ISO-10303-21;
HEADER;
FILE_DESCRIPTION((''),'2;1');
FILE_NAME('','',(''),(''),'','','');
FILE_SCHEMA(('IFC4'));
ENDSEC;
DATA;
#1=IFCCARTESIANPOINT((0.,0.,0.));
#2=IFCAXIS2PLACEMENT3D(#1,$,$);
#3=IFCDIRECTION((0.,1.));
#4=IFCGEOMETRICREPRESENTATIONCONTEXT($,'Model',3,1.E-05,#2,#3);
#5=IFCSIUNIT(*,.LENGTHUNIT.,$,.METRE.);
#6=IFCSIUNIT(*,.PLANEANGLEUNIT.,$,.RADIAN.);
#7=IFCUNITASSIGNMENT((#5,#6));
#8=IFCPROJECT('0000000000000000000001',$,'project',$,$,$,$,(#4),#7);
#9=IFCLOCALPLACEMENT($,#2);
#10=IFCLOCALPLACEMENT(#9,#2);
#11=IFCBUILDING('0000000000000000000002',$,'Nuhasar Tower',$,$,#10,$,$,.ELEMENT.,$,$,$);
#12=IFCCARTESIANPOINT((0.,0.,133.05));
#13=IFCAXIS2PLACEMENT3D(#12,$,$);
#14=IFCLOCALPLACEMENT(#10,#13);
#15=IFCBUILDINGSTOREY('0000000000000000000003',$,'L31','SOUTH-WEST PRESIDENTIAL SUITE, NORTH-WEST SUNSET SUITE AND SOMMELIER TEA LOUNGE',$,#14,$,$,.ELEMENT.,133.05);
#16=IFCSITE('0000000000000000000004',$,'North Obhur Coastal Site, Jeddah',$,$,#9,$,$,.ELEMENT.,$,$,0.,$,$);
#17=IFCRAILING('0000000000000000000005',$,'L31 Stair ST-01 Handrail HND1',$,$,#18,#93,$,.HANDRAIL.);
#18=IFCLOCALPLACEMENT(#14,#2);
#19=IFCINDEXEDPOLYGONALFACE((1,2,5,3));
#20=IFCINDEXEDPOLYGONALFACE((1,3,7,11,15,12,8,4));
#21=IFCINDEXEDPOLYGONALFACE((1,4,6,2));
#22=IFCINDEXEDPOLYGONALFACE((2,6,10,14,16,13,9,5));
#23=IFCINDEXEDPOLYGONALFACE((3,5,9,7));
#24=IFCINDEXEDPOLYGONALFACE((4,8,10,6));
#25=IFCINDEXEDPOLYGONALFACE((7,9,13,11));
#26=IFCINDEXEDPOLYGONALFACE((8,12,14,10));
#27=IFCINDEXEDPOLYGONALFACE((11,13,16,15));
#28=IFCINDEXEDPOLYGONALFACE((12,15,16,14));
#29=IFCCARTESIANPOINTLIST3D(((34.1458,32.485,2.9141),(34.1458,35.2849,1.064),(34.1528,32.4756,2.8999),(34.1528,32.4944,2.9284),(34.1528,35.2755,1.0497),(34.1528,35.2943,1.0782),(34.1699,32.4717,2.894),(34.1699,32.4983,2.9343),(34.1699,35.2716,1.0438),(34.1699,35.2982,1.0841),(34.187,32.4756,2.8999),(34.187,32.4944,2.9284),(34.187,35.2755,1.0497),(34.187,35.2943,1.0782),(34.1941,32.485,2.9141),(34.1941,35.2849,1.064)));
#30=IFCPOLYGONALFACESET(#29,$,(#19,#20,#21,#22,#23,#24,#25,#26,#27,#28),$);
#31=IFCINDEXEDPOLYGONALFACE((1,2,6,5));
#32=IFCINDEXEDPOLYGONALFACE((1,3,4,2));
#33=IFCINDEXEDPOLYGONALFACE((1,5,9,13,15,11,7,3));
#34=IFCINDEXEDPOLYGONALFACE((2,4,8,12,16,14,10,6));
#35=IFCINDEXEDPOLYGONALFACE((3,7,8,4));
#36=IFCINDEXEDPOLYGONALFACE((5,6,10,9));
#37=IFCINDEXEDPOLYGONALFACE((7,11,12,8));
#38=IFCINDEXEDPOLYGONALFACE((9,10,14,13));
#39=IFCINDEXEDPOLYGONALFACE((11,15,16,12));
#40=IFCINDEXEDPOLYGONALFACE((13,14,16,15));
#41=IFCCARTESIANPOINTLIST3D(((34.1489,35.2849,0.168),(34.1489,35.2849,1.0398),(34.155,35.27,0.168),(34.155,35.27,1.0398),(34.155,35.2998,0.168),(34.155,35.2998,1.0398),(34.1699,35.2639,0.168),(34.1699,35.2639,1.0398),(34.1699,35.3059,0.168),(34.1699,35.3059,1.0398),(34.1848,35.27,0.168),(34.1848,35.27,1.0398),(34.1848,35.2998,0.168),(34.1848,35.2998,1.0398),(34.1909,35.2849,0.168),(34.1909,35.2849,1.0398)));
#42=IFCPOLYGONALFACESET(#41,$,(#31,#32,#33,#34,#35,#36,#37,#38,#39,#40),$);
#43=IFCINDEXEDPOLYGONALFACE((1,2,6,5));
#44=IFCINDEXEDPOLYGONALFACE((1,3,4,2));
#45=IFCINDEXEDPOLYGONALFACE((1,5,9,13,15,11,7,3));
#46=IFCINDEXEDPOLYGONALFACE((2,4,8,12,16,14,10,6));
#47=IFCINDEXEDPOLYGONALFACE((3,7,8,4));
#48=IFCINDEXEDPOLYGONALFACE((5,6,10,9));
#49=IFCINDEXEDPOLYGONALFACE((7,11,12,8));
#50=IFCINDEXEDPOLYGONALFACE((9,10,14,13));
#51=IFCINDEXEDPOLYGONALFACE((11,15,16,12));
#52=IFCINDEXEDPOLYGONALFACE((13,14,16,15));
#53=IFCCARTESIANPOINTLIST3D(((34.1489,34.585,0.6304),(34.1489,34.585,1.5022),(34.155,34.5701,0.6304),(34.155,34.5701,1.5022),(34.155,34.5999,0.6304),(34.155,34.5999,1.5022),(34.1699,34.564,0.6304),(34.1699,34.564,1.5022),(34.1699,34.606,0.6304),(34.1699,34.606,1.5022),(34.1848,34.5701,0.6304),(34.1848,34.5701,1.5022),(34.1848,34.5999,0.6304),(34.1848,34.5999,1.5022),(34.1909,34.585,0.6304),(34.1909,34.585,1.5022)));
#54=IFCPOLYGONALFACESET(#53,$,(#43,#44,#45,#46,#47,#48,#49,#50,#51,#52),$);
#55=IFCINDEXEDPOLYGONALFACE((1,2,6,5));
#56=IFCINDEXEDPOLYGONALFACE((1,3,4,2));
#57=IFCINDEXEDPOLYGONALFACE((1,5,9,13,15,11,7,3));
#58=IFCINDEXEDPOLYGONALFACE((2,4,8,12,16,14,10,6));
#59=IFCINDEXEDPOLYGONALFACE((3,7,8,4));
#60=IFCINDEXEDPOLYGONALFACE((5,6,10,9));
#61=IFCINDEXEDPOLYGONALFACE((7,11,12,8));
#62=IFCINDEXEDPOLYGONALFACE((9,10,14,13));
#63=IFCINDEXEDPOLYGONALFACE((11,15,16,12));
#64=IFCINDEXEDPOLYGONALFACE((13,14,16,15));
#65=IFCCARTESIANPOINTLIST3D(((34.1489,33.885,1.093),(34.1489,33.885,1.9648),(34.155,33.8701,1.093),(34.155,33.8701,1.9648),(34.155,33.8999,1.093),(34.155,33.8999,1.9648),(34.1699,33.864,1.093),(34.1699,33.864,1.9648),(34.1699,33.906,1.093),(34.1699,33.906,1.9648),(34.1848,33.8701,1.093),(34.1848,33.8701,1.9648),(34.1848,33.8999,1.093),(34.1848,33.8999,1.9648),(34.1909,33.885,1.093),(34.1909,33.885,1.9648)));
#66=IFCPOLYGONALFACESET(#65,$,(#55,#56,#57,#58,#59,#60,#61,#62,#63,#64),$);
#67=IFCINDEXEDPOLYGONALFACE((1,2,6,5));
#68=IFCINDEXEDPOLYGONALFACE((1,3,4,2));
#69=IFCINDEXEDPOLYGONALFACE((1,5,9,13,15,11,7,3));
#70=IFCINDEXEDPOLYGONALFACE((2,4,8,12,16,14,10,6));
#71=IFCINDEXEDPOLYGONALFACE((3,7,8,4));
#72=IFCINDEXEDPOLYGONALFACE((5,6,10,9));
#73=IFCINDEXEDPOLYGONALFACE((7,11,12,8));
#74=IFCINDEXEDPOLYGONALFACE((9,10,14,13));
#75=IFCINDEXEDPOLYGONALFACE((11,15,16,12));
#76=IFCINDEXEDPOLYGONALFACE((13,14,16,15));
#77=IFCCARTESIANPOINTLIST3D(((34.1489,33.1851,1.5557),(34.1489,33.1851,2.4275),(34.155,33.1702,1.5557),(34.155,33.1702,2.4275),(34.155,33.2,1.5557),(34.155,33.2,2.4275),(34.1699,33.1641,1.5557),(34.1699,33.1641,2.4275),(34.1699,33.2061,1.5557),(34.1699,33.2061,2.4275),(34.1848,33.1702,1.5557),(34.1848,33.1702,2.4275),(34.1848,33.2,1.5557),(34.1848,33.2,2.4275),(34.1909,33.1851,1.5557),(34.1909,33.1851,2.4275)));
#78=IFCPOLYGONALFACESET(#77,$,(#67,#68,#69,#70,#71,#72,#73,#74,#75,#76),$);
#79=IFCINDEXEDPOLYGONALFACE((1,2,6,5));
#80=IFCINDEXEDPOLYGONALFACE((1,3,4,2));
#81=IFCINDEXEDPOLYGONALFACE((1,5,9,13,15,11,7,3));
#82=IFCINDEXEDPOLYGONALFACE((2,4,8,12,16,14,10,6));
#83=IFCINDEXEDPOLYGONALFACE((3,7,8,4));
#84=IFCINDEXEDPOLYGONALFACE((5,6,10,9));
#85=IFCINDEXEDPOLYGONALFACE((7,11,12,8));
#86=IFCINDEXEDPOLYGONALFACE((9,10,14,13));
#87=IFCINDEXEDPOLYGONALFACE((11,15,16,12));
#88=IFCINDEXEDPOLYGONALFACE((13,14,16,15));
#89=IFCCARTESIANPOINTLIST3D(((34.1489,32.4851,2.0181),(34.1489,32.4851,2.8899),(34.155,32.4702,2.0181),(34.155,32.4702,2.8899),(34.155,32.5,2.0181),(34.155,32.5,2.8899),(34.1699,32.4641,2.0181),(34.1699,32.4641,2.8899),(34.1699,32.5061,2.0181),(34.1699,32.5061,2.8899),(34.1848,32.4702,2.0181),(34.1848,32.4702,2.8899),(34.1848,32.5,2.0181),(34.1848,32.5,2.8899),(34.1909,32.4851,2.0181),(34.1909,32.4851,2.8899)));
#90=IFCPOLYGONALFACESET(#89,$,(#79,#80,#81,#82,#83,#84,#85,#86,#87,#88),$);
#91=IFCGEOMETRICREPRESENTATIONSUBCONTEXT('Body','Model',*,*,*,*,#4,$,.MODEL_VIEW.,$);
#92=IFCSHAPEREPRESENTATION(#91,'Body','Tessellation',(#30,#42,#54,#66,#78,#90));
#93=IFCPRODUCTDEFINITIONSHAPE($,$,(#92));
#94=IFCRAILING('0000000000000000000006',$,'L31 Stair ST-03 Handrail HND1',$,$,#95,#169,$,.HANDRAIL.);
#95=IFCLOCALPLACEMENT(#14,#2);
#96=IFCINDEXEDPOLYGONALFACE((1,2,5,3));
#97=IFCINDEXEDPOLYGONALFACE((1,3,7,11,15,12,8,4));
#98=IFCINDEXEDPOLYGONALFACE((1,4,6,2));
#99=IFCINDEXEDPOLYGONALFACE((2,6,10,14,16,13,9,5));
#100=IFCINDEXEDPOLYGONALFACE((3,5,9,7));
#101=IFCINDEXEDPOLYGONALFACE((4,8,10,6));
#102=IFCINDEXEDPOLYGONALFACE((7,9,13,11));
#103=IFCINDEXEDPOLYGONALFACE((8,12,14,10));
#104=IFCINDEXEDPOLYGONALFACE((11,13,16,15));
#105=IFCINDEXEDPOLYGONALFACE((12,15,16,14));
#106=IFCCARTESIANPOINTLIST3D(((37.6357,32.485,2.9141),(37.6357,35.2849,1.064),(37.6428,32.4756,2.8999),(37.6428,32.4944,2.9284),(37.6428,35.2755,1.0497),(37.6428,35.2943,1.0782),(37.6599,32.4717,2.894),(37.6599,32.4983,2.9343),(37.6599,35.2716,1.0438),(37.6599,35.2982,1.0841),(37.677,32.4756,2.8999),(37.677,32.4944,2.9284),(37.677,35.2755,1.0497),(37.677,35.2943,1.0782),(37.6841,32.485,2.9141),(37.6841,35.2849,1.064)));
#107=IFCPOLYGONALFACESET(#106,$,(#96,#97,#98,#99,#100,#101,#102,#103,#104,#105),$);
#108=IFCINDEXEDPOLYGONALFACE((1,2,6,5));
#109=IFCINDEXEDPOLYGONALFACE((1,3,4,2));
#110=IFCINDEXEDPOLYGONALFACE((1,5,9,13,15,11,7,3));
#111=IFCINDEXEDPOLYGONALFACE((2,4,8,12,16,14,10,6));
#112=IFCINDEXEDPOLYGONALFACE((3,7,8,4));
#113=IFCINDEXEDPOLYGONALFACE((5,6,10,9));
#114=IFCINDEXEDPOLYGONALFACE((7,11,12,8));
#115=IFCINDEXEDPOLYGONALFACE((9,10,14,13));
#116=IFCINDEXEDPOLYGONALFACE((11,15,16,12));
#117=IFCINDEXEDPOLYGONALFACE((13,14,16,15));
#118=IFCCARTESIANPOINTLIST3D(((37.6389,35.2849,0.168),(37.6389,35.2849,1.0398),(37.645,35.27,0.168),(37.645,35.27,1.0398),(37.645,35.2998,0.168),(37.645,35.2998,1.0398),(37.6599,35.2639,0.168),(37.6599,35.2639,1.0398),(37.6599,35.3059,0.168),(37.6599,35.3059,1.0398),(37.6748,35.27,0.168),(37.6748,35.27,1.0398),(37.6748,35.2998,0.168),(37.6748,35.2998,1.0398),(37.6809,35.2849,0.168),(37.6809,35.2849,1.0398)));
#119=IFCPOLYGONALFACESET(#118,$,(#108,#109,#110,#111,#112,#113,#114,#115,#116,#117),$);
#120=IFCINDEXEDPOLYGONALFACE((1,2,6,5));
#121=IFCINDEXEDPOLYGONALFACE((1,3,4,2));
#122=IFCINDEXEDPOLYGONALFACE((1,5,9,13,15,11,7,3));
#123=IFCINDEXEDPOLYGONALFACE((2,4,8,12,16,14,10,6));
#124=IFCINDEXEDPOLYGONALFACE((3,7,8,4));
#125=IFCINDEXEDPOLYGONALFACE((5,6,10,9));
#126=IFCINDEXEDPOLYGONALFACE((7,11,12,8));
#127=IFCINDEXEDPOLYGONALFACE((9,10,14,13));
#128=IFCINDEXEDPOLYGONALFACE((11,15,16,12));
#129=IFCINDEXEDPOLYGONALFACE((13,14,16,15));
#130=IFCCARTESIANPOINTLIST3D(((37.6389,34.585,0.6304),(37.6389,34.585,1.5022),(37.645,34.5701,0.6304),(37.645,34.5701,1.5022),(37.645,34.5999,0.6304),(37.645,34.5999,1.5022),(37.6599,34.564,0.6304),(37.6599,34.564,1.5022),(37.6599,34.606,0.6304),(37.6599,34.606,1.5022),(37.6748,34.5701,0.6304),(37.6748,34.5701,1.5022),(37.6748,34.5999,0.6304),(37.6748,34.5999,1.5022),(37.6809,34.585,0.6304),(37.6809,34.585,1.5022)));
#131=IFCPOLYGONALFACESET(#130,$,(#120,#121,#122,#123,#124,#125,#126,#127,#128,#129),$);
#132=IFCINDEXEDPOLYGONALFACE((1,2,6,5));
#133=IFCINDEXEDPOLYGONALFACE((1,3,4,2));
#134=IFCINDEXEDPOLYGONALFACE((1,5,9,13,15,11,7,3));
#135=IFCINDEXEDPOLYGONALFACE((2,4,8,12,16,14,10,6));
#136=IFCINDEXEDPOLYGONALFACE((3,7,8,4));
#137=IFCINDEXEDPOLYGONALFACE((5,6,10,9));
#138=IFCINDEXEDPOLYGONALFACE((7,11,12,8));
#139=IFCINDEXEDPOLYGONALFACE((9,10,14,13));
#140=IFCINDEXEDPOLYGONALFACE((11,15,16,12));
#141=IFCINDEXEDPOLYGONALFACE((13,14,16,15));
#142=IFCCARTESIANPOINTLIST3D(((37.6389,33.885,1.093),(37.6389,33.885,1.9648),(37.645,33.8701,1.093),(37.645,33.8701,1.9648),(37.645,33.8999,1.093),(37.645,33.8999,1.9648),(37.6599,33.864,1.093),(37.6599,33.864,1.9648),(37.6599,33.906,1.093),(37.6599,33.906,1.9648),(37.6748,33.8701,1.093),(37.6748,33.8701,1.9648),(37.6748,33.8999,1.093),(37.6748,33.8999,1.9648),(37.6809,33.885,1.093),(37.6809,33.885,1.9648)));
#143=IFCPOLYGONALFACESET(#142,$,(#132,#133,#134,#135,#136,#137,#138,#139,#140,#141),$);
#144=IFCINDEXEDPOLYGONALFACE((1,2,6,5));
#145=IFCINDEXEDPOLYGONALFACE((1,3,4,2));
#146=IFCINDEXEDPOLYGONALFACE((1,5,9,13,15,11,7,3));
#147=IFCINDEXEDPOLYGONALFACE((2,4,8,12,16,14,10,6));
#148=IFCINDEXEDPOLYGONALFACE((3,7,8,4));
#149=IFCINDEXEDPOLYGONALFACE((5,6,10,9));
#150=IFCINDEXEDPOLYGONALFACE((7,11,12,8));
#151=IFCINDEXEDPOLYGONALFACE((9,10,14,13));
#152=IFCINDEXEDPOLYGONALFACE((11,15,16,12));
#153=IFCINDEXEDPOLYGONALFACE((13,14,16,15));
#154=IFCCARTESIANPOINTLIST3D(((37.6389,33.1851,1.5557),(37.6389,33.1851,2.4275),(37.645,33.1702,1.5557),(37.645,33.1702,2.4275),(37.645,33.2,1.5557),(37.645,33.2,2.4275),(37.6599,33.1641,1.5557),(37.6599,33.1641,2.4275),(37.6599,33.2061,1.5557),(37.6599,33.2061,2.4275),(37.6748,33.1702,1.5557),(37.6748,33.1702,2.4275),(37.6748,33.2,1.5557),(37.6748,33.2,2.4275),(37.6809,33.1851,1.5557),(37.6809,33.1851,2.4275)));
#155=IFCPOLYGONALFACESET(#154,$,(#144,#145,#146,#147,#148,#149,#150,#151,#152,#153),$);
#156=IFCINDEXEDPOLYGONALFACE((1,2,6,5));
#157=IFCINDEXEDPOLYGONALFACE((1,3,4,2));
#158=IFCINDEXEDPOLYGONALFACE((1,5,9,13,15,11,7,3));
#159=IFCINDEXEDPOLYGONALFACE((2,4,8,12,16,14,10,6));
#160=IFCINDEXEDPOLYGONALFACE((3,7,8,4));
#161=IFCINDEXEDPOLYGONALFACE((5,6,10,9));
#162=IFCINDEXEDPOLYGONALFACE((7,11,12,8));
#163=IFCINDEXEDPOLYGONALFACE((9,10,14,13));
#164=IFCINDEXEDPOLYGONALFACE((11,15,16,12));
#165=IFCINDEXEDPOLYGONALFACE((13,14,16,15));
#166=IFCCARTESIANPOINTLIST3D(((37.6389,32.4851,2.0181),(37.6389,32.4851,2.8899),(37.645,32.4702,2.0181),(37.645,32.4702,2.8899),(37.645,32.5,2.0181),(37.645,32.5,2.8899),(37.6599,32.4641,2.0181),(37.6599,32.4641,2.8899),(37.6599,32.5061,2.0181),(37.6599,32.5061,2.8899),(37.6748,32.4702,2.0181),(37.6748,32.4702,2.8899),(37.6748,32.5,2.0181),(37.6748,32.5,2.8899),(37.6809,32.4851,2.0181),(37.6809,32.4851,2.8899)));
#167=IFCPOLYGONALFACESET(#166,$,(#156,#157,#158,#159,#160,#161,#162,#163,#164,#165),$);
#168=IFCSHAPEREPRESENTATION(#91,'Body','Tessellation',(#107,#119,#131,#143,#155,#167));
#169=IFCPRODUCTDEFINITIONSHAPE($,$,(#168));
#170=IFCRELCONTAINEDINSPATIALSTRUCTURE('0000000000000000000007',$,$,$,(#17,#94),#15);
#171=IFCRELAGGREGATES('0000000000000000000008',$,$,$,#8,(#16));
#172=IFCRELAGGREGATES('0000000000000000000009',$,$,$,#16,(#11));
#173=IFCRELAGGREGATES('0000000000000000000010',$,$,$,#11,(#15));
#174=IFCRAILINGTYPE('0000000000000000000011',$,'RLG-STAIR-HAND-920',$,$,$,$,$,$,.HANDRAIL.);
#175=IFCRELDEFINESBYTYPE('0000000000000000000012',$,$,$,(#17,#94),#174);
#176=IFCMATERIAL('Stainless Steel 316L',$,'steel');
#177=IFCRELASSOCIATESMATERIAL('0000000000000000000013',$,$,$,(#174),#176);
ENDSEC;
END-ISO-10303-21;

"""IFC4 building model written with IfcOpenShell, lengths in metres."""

from ifc_helpers import new_model, si_unit, direction, frame, origin, place, context, subcontext, project, spatial, polyline, outline, extrude, material, type_object, element, save


model = new_model("IFC4")

# Units and contexts
model_context = context("Model", 3, precision=1e-05, world=origin(), true_north=direction((0.0, 1.0)))
body_context = subcontext(model_context, "Body", "Model", "MODEL_VIEW")
ifc_project = project(units=[si_unit("LENGTHUNIT", "METRE"), si_unit("PLANEANGLEUNIT", "RADIAN")], contexts=[model_context])

# Site, building, storey
site_placement = place(None, origin())
site = spatial("IfcSite", under=ifc_project, at=site_placement, Name="North Obhur Coastal Site, Jeddah", CompositionType="ELEMENT", RefElevation=0.0)
building_placement = place(site_placement, origin())
building = spatial("IfcBuilding", under=site, at=building_placement, Name="Nuhasar Tower", CompositionType="ELEMENT")
storey_placement = place(building_placement, frame((0.0, 0.0, 133.05)))
storey = spatial("IfcBuildingStorey", under=building, at=storey_placement, Name="L31", Description="SOUTH-WEST PRESIDENTIAL SUITE, NORTH-WEST SUNSET SUITE AND SOMMELIER TEA LOUNGE", CompositionType="ELEMENT", Elevation=133.05)

# Railings
ifc_material_1 = material(Name="Stainless Steel 316L", Category="steel")
railing_type_1 = type_object("IfcRailingType", Name="RLG-STAIR-HAND-920", PredefinedType="HANDRAIL", material=ifc_material_1)
railing_1_placement = place(storey_placement, frame((34.1699, 35.2849, 0.168)))
element("IfcRailing", 1, at=railing_1_placement, inside=storey, type_object=railing_type_1, Name="L31 Stair ST-01 Handrail HND1", PredefinedType="HANDRAIL", context=body_context, shape_type="SweptSolid", body=[
    extrude(outline(polyline([(0.0242, 0.0), (0.0171, 0.0171), (0.0, 0.0242), (-0.0171, 0.0171), (-0.0242, 0.0), (-0.0171, -0.0171), (0.0, -0.0242), (0.0171, -0.0171), (0.0242, 0.0)])), frame((0.0, 0.0, 0.896), z_axis=(0.0, -0.834304, 0.551304), x_axis=(1.0, 0.0, 0.0)), (0.0, 0.0, 1.0), 3.356),
    extrude(outline(polyline([(0.021, 0.0), (0.0149, 0.0149), (0.0, 0.021), (-0.0149, 0.0149), (-0.021, 0.0), (-0.0149, -0.0149), (0.0, -0.021), (0.0149, -0.0149), (0.021, 0.0)])), origin(), (0.0, 0.0, 1.0), 0.8718),
    extrude(outline(polyline([(0.021, 0.0), (0.0149, 0.0149), (0.0, 0.021), (-0.0149, 0.0149), (-0.021, 0.0), (-0.0149, -0.0149), (0.0, -0.021), (0.0149, -0.0149), (0.021, 0.0)])), frame((0.0, -0.7, 0.4624)), (0.0, 0.0, 1.0), 0.8718),
    extrude(outline(polyline([(0.021, 0.0), (0.0149, 0.0149), (0.0, 0.021), (-0.0149, 0.0149), (-0.021, 0.0), (-0.0149, -0.0149), (0.0, -0.021), (0.0149, -0.0149), (0.021, 0.0)])), frame((0.0, -1.3999, 0.925)), (0.0, 0.0, 1.0), 0.8718),
    extrude(outline(polyline([(0.021, 0.0), (0.0149, 0.0149), (0.0, 0.021), (-0.0149, 0.0149), (-0.021, 0.0), (-0.0149, -0.0149), (0.0, -0.021), (0.0149, -0.0149), (0.021, 0.0)])), frame((0.0, -2.0999, 1.3877)), (0.0, 0.0, 1.0), 0.8718),
    extrude(outline(polyline([(0.021, 0.0), (0.0149, 0.0149), (0.0, 0.021), (-0.0149, 0.0149), (-0.021, 0.0), (-0.0149, -0.0149), (0.0, -0.021), (0.0149, -0.0149), (0.021, 0.0)])), frame((0.0, -2.7998, 1.8501)), (0.0, 0.0, 1.0), 0.8718),
])
railing_2_placement = place(storey_placement, frame((37.6599, 35.2849, 0.168)))
element("IfcRailing", 2, at=railing_2_placement, inside=storey, type_object=railing_type_1, Name="L31 Stair ST-03 Handrail HND1", PredefinedType="HANDRAIL", context=body_context, shape_type="SweptSolid", body=[
    extrude(outline(polyline([(0.0242, 0.0), (0.0171, 0.0171), (0.0, 0.0242), (-0.0171, 0.0171), (-0.0242, 0.0), (-0.0171, -0.0171), (0.0, -0.0242), (0.0171, -0.0171), (0.0242, 0.0)])), frame((0.0, 0.0, 0.896), z_axis=(0.0, -0.834304, 0.551304), x_axis=(1.0, 0.0, 0.0)), (0.0, 0.0, 1.0), 3.356),
    extrude(outline(polyline([(0.021, 0.0), (0.0149, 0.0149), (0.0, 0.021), (-0.0149, 0.0149), (-0.021, 0.0), (-0.0149, -0.0149), (0.0, -0.021), (0.0149, -0.0149), (0.021, 0.0)])), origin(), (0.0, 0.0, 1.0), 0.8718),
    extrude(outline(polyline([(0.021, 0.0), (0.0149, 0.0149), (0.0, 0.021), (-0.0149, 0.0149), (-0.021, 0.0), (-0.0149, -0.0149), (0.0, -0.021), (0.0149, -0.0149), (0.021, 0.0)])), frame((0.0, -0.7, 0.4624)), (0.0, 0.0, 1.0), 0.8718),
    extrude(outline(polyline([(0.021, 0.0), (0.0149, 0.0149), (0.0, 0.021), (-0.0149, 0.0149), (-0.021, 0.0), (-0.0149, -0.0149), (0.0, -0.021), (0.0149, -0.0149), (0.021, 0.0)])), frame((0.0, -1.3999, 0.925)), (0.0, 0.0, 1.0), 0.8718),
    extrude(outline(polyline([(0.021, 0.0), (0.0149, 0.0149), (0.0, 0.021), (-0.0149, 0.0149), (-0.021, 0.0), (-0.0149, -0.0149), (0.0, -0.021), (0.0149, -0.0149), (0.021, 0.0)])), frame((0.0, -2.0999, 1.3877)), (0.0, 0.0, 1.0), 0.8718),
    extrude(outline(polyline([(0.021, 0.0), (0.0149, 0.0149), (0.0, 0.021), (-0.0149, 0.0149), (-0.021, 0.0), (-0.0149, -0.0149), (0.0, -0.021), (0.0149, -0.0149), (0.021, 0.0)])), frame((0.0, -2.7998, 1.8501)), (0.0, 0.0, 1.0), 0.8718),
])

save(model, "model.ifc")
